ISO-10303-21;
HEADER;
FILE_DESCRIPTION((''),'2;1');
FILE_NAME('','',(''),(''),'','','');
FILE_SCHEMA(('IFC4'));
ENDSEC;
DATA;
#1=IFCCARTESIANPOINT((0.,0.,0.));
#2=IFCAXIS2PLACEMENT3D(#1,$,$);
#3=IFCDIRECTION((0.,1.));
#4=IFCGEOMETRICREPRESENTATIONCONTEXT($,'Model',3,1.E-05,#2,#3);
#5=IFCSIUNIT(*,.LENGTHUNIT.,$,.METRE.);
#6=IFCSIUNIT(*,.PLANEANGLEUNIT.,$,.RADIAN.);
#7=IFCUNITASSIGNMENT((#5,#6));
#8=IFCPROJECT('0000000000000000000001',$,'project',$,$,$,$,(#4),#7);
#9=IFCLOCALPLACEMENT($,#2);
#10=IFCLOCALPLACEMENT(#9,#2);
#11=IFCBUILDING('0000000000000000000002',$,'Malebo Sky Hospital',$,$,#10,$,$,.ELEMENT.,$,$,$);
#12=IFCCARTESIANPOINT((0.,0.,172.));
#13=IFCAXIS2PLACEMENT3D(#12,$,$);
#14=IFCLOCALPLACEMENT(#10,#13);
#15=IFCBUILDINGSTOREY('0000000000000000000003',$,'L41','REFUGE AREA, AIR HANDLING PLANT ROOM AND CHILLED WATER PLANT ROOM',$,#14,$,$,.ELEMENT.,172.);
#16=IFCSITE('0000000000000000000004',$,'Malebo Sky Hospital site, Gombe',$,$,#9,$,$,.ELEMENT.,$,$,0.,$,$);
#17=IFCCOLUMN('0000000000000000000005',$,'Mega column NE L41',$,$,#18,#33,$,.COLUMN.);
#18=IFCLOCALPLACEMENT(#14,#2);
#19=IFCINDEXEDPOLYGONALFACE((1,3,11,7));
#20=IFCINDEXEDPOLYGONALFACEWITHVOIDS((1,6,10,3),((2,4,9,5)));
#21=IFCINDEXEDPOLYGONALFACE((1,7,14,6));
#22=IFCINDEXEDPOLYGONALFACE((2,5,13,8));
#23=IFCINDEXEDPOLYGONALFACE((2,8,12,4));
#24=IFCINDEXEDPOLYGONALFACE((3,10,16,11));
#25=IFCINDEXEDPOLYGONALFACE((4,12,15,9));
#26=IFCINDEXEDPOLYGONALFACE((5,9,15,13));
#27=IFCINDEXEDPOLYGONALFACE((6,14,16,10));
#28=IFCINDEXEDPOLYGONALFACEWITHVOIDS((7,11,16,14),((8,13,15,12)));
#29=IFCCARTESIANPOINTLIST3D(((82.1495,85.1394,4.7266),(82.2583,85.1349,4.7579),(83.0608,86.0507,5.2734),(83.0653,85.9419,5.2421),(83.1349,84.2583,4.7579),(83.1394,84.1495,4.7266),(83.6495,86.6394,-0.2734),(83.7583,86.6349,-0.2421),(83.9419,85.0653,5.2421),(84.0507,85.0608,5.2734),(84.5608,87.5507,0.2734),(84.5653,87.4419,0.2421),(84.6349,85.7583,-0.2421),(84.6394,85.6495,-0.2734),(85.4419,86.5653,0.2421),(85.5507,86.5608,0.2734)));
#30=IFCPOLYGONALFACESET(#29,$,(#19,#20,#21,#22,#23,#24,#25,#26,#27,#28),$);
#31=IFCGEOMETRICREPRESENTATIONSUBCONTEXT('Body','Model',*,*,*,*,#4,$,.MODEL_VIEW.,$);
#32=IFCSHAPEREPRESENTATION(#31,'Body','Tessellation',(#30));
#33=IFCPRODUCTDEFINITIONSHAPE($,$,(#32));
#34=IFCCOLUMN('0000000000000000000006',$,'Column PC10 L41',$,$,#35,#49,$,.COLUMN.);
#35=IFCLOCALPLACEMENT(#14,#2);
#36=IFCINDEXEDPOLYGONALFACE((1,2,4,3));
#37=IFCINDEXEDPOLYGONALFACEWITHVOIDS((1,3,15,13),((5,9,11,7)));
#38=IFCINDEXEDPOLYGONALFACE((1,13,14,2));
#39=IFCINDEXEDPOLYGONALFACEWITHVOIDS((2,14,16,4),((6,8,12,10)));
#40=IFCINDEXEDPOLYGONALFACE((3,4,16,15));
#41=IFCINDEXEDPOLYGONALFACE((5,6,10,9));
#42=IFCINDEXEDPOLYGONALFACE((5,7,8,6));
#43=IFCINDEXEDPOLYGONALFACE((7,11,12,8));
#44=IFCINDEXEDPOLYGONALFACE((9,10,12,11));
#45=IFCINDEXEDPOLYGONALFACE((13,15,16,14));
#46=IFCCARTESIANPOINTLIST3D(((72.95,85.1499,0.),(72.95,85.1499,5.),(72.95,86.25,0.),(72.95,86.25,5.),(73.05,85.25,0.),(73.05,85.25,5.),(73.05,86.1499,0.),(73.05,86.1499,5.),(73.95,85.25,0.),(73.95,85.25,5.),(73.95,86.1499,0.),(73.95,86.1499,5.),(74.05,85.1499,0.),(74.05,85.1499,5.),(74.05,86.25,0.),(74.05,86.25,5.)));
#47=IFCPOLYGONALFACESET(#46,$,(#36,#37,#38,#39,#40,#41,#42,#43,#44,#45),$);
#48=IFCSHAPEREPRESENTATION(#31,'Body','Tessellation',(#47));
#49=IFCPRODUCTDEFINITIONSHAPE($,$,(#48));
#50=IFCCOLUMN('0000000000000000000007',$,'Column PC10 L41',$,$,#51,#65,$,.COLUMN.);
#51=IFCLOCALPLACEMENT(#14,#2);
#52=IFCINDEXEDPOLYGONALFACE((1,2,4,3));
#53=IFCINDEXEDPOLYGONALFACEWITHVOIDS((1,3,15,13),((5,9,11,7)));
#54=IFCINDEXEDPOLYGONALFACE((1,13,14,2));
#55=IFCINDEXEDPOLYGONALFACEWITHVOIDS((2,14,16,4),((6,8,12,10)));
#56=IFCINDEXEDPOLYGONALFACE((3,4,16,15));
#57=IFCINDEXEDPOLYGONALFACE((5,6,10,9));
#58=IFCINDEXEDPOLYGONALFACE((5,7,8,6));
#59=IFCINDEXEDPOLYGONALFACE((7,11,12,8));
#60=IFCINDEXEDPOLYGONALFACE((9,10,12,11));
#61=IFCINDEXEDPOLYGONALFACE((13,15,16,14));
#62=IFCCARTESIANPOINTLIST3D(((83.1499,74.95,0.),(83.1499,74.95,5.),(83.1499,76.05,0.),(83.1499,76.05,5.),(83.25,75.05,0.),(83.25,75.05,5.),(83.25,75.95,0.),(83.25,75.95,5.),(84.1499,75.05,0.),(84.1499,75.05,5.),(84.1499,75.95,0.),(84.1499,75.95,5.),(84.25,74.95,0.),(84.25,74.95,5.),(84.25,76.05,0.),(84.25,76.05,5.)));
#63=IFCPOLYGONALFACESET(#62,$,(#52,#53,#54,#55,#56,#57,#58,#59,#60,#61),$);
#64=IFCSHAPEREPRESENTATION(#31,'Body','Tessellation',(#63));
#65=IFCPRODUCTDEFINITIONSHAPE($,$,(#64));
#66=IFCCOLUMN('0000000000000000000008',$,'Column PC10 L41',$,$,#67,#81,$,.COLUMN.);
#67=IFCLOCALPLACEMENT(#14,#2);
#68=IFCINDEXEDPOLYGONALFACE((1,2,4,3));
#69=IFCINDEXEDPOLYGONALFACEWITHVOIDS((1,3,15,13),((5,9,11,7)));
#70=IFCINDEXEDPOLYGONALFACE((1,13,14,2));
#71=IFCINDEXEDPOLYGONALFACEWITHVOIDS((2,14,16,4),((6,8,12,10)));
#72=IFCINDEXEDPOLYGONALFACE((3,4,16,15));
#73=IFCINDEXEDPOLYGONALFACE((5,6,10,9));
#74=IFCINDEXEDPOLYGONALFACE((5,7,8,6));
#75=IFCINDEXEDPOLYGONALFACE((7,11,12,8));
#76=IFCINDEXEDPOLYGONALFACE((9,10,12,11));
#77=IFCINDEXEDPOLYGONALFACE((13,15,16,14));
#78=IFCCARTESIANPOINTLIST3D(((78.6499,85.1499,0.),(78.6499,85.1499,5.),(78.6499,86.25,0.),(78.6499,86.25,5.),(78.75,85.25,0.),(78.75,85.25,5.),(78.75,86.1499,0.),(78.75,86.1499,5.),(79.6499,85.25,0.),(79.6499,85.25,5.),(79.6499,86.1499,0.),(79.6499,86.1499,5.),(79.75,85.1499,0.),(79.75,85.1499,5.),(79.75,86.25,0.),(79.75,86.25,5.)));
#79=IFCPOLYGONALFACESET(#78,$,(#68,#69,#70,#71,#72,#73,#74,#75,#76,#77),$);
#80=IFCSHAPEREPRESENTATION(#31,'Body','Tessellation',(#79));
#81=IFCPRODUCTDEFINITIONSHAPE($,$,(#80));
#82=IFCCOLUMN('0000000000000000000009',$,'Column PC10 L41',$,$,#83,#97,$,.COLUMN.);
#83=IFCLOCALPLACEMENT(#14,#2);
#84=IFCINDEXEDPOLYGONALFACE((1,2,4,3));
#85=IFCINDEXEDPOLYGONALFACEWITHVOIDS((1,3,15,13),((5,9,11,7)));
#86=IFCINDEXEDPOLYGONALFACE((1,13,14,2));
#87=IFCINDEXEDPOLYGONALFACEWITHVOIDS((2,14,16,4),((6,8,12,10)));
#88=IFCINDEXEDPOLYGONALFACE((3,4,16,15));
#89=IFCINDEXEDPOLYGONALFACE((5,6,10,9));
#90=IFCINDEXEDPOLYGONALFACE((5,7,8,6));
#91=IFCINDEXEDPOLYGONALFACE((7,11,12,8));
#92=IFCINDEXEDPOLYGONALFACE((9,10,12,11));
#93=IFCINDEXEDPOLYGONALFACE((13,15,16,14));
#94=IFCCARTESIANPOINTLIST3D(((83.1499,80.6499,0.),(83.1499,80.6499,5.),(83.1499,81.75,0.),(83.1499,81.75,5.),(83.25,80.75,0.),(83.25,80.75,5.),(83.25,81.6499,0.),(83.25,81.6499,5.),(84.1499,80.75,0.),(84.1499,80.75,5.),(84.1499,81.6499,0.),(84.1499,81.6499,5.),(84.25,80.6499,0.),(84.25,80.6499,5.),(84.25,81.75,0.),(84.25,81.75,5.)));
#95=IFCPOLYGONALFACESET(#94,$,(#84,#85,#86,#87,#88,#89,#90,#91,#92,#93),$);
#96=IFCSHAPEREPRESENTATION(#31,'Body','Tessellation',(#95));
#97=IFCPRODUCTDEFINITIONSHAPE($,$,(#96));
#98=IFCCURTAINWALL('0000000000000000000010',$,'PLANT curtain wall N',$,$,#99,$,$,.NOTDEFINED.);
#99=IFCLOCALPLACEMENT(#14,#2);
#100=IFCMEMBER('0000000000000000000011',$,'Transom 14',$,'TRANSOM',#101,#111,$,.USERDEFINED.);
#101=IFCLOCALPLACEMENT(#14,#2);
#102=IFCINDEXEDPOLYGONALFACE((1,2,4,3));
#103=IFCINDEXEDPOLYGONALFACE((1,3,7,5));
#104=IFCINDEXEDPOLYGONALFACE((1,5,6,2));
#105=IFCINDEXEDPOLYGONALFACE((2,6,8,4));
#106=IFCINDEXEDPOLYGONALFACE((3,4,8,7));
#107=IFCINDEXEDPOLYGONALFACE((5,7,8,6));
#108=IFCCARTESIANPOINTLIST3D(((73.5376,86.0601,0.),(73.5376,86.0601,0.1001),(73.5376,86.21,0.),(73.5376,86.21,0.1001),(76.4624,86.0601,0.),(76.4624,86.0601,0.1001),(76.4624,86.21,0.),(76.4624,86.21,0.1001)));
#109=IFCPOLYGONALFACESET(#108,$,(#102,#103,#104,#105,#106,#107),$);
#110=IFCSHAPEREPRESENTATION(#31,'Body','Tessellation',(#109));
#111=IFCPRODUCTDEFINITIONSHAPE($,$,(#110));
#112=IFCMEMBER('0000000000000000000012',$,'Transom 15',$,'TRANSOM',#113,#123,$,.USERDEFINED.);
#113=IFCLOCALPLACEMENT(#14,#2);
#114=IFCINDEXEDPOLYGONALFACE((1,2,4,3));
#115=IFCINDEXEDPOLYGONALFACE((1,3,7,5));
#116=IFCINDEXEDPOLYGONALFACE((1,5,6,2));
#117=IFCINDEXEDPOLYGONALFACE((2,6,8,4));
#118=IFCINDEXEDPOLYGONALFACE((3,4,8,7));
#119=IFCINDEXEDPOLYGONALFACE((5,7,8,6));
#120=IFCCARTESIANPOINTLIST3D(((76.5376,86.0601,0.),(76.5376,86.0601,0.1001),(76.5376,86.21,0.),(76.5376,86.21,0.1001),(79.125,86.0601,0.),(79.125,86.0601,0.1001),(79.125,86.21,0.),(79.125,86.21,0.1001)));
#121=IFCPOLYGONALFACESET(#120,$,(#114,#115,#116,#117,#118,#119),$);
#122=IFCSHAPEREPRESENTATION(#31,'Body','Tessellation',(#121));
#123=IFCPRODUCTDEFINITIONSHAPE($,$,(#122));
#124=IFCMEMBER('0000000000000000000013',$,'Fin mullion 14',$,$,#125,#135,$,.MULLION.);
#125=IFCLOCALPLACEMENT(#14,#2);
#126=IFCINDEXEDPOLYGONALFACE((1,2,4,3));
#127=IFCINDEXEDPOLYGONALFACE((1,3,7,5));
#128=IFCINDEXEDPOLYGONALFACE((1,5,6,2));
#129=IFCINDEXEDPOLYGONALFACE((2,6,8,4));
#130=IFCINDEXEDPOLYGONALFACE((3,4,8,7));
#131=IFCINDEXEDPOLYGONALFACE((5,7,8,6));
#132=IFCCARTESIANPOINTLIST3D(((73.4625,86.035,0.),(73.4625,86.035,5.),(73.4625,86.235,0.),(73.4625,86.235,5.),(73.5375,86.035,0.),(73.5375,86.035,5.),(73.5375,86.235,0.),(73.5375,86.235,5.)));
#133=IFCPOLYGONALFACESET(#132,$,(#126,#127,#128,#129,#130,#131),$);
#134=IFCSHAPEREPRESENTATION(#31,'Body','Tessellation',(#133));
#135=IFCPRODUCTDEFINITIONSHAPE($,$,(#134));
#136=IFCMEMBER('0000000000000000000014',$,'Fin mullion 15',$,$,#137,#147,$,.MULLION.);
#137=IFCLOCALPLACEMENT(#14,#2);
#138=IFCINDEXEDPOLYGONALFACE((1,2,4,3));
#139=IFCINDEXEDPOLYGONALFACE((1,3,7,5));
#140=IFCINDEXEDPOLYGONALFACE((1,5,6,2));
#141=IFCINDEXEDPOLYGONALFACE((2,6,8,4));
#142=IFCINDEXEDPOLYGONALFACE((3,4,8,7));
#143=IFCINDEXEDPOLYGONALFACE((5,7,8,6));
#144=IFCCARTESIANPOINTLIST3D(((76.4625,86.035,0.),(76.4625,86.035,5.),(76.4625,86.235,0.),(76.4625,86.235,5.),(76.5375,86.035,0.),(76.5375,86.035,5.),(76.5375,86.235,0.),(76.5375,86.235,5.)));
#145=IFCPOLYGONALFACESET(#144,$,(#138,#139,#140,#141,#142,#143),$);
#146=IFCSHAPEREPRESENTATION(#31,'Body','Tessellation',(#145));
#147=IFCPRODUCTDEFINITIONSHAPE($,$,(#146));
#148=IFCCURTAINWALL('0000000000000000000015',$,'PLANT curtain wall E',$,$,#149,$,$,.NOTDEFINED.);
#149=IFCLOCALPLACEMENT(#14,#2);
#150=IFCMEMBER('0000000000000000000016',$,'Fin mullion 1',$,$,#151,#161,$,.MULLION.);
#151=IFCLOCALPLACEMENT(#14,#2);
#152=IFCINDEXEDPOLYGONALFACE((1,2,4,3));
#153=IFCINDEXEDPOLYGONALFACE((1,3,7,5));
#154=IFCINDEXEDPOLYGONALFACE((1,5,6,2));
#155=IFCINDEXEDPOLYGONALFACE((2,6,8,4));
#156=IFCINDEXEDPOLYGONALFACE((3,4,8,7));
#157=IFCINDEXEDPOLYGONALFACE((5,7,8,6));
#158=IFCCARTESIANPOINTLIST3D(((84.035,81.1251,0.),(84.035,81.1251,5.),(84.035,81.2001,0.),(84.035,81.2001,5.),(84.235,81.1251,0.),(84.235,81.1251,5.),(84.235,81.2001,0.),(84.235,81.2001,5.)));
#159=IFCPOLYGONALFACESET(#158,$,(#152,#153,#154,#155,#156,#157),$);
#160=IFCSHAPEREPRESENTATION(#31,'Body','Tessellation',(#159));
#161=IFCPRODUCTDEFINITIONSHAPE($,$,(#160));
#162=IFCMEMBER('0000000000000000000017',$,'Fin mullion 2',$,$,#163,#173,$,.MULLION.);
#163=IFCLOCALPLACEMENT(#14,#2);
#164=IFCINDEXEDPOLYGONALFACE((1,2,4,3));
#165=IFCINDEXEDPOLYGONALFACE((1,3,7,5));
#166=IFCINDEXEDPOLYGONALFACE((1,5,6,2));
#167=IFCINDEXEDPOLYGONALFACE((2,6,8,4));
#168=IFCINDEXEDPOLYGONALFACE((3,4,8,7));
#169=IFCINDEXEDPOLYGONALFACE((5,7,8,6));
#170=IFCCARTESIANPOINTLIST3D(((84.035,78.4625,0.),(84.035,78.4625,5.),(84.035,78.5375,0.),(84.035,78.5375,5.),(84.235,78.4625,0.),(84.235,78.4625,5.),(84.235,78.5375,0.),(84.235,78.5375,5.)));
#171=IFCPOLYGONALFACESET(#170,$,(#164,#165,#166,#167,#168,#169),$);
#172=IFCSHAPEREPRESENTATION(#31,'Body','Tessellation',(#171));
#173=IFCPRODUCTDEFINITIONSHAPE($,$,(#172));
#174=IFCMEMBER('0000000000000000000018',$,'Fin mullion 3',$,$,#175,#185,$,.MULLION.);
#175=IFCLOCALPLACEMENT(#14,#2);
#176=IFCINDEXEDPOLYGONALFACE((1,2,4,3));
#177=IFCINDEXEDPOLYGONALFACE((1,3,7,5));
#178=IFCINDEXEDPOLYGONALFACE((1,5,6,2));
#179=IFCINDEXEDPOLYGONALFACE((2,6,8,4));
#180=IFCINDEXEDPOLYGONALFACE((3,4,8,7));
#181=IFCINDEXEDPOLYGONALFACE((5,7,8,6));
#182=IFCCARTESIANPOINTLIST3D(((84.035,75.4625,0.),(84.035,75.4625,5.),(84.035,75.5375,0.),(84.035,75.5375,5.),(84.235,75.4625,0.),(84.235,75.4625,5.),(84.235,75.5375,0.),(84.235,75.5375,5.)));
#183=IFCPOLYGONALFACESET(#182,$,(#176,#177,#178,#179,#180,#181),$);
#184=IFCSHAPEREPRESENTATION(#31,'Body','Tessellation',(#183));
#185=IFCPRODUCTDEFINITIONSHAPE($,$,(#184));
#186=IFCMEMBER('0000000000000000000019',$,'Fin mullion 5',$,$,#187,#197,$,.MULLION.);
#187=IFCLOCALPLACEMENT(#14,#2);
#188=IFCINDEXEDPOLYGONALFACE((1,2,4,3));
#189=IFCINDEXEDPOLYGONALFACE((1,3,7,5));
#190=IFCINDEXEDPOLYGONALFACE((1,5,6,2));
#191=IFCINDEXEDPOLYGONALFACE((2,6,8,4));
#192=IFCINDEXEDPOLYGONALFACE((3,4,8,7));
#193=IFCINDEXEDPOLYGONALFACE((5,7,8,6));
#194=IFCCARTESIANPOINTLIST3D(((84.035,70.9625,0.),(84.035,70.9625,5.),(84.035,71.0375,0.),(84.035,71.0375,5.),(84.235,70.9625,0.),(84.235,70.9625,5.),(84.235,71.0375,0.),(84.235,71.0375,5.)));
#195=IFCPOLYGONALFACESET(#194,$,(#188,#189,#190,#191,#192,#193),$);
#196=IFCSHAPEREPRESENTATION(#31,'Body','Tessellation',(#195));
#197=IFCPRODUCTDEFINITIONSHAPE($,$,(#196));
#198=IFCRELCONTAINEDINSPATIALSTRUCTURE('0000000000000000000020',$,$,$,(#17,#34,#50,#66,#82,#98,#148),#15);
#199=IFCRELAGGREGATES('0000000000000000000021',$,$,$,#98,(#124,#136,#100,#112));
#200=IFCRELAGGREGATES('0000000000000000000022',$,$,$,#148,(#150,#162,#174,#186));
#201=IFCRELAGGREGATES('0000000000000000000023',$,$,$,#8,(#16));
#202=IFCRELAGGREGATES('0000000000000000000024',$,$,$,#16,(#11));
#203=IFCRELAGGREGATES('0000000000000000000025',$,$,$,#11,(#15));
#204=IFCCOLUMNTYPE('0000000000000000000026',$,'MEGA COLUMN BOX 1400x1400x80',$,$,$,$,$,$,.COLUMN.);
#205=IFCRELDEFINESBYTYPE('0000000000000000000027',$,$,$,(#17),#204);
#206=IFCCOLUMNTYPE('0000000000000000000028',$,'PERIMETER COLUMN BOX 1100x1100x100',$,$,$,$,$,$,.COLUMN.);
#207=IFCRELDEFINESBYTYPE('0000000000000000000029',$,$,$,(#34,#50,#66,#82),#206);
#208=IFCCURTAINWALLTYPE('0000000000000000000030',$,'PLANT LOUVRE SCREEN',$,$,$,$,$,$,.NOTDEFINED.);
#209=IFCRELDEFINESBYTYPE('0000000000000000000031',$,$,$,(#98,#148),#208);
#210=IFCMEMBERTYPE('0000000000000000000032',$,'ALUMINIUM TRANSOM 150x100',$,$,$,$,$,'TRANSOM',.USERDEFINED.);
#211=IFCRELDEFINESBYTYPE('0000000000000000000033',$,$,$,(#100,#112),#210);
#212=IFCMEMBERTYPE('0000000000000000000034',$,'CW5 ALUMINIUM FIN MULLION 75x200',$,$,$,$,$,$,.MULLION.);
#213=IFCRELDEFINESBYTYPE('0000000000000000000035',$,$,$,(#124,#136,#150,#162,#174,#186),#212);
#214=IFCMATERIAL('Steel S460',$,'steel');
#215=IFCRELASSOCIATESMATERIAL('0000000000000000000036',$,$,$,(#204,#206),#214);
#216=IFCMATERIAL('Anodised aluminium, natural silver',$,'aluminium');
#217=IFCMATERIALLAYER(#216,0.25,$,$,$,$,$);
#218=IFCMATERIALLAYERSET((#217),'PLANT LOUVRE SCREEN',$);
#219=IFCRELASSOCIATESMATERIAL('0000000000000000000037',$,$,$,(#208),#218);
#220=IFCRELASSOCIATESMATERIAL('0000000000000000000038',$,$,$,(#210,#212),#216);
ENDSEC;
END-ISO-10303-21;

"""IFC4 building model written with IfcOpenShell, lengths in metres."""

from ifc_helpers import new_model, si_unit, direction, frame, origin, origin_2d, place, context, subcontext, project, spatial, rectangle, hollow_rectangle, extrude, material, layer, layer_set, material_profile, profile_set, type_object, element, aggregate, save


model = new_model("IFC4")

# Units and contexts
model_context = context("Model", 3, precision=1e-05, world=origin(), true_north=direction((0.0, 1.0)))
body_context = subcontext(model_context, "Body", "Model", "MODEL_VIEW")
ifc_project = project(units=[si_unit("LENGTHUNIT", "METRE"), si_unit("PLANEANGLEUNIT", "RADIAN")], contexts=[model_context])

# Site, building, storey
site_placement = place(None, origin())
site = spatial("IfcSite", under=ifc_project, at=site_placement, Name="Malebo Sky Hospital site, Gombe", CompositionType="ELEMENT", RefElevation=0.0)
building_placement = place(site_placement, origin())
building = spatial("IfcBuilding", under=site, at=building_placement, Name="Malebo Sky Hospital", CompositionType="ELEMENT")
storey_placement = place(building_placement, frame((0.0, 0.0, 172.0)))
storey = spatial("IfcBuildingStorey", under=building, at=storey_placement, Name="L41", Description="REFUGE AREA, AIR HANDLING PLANT ROOM AND CHILLED WATER PLANT ROOM", CompositionType="ELEMENT", Elevation=172.0)

# Columns
ifc_material_1 = material(Name="Steel S460", Category="steel")
ifc_material_profile_1 = material_profile(ifc_material_1, hollow_rectangle(XDim=1.3999, YDim=1.3999, WallThickness=0.0801, at=origin_2d()), Name="BOX 1400x1400x80")
ifc_profile_set_1 = profile_set([ifc_material_profile_1], Name="Steel S460")
column_type_1 = type_object("IfcColumnType", Name="MEGA COLUMN BOX 1400x1400x80", PredefinedType="COLUMN", material=ifc_profile_set_1)
column_placement = place(storey_placement, frame((84.6001, 86.6001, 0.0), z_axis=(-0.276172, -0.276172, 0.920575), x_axis=(0.707107, -0.707107, 0.0)))
element("IfcColumn", 1, at=column_placement, inside=storey, type_object=column_type_1, Name="Mega column NE L41", PredefinedType="COLUMN", context=body_context, shape_type="SweptSolid", body=[
    extrude(hollow_rectangle(XDim=1.3999, YDim=1.3999, WallThickness=0.0801, at=origin_2d()), origin(), (0.0, 0.0, 1.0), 5.4314),
])
ifc_material_profile_2 = material_profile(ifc_material_1, hollow_rectangle(XDim=1.1001, YDim=1.1001, WallThickness=0.1001, at=origin_2d()), Name="BOX 1100x1100x100")
ifc_profile_set_2 = profile_set([ifc_material_profile_2], Name="Steel S460")
column_type_2 = type_object("IfcColumnType", Name="PERIMETER COLUMN BOX 1100x1100x100", PredefinedType="COLUMN", material=ifc_profile_set_2)
for number, where, z_axis, x_axis, name in (
    (2, (73.5, 85.7, 0.0), (0.0, 0.0, 1.0), (1.0, 0.0, 0.0), "Column PC10 L41"),
    (3, (83.7, 75.5, 0.0), (0.0, 0.0, 1.0), (1.0, 0.0, 0.0), "Column PC10 L41"),
    (4, (79.2, 85.7, 0.0), (0.0, 0.0, 1.0), (1.0, 0.0, 0.0), "Column PC10 L41"),
    (5, (83.7, 81.2, 0.0), (0.0, 0.0, 1.0), (1.0, 0.0, 0.0), "Column PC10 L41"),
):
    element("IfcColumn", number, at=place(storey_placement, frame(where, z_axis=z_axis, x_axis=x_axis)), inside=storey, type_object=column_type_2, Name=name, PredefinedType="COLUMN", context=body_context, shape_type="SweptSolid", body=[
        extrude(hollow_rectangle(XDim=1.1001, YDim=1.1001, WallThickness=0.1001, at=origin_2d()), origin(), (0.0, 0.0, 1.0), 5.0),
    ])

# Curtain walls, members
ifc_material_2 = material(Name="Anodised aluminium, natural silver", Category="aluminium")
ifc_layer_1 = layer(ifc_material_2, 0.25)
ifc_layer_set_1 = layer_set([ifc_layer_1], Name="PLANT LOUVRE SCREEN")
curtain_wall_type = type_object("IfcCurtainWallType", Name="PLANT LOUVRE SCREEN", PredefinedType="NOTDEFINED", material=ifc_layer_set_1)
curtain_wall_1_placement = place(storey_placement, origin())
curtain_wall_1 = element("IfcCurtainWall", 6, at=curtain_wall_1_placement, inside=storey, type_object=curtain_wall_type, Name="PLANT curtain wall N", PredefinedType="NOTDEFINED")
ifc_material_profile_3 = material_profile(ifc_material_2, rectangle(XDim=0.1499, YDim=0.1001, at=origin_2d()), Name="ALUMINIUM TRANSOM 150x100")
ifc_profile_set_3 = profile_set([ifc_material_profile_3], Name="Anodised aluminium, natural silver")
member_type_1 = type_object("IfcMemberType", Name="ALUMINIUM TRANSOM 150x100", ElementType="TRANSOM", PredefinedType="USERDEFINED", material=ifc_profile_set_3)
member_1_placement = place(storey_placement, frame((73.5376, 86.135, 0.05), z_axis=(1.0, 0.0, 0.0), x_axis=(0.0, 1.0, 0.0)))
member_1 = element("IfcMember", 7, at=member_1_placement, type_object=member_type_1, Name="Transom 14", ObjectType="TRANSOM", PredefinedType="USERDEFINED", context=body_context, shape_type="SweptSolid", body=[
    extrude(rectangle(XDim=0.1499, YDim=0.1001, at=origin_2d()), origin(), (0.0, 0.0, 1.0), 2.9248),
])
member_2_placement = place(storey_placement, frame((76.5376, 86.135, 0.05), z_axis=(1.0, 0.0, 0.0), x_axis=(0.0, 1.0, 0.0)))
member_2 = element("IfcMember", 8, at=member_2_placement, type_object=member_type_1, Name="Transom 15", ObjectType="TRANSOM", PredefinedType="USERDEFINED", context=body_context, shape_type="SweptSolid", body=[
    extrude(rectangle(XDim=0.1499, YDim=0.1001, at=origin_2d()), origin(), (0.0, 0.0, 1.0), 2.5874),
])
ifc_material_profile_4 = material_profile(ifc_material_2, rectangle(XDim=0.075, YDim=0.2, at=origin_2d()), Name="CW5 ALUMINIUM FIN MULLION 75x200")
ifc_profile_set_4 = profile_set([ifc_material_profile_4], Name="Anodised aluminium, natural silver")
member_type_2 = type_object("IfcMemberType", Name="CW5 ALUMINIUM FIN MULLION 75x200", PredefinedType="MULLION", material=ifc_profile_set_4)
member_3_placement = place(storey_placement, frame((73.5, 86.135, 0.0), z_axis=(0.0, 0.0, 1.0), x_axis=(1.0, 0.0, 0.0)))
member_3 = element("IfcMember", 9, at=member_3_placement, type_object=member_type_2, Name="Fin mullion 14", PredefinedType="MULLION", context=body_context, shape_type="SweptSolid", body=[
    extrude(rectangle(XDim=0.075, YDim=0.2, at=origin_2d()), origin(), (0.0, 0.0, 1.0), 5.0),
])
member_4_placement = place(storey_placement, frame((76.5, 86.135, 0.0), z_axis=(0.0, 0.0, 1.0), x_axis=(1.0, 0.0, 0.0)))
member_4 = element("IfcMember", 10, at=member_4_placement, type_object=member_type_2, Name="Fin mullion 15", PredefinedType="MULLION", context=body_context, shape_type="SweptSolid", body=[
    extrude(rectangle(XDim=0.075, YDim=0.2, at=origin_2d()), origin(), (0.0, 0.0, 1.0), 5.0),
])
curtain_wall_2_placement = place(storey_placement, origin())
curtain_wall_2 = element("IfcCurtainWall", 11, at=curtain_wall_2_placement, inside=storey, type_object=curtain_wall_type, Name="PLANT curtain wall E", PredefinedType="NOTDEFINED")
member_5_placement = place(storey_placement, frame((84.135, 81.1626, 0.0), z_axis=(0.0, 0.0, 1.0), x_axis=(0.0, -1.0, 0.0)))
member_5 = element("IfcMember", 12, at=member_5_placement, type_object=member_type_2, Name="Fin mullion 1", PredefinedType="MULLION", context=body_context, shape_type="SweptSolid", body=[
    extrude(rectangle(XDim=0.075, YDim=0.2, at=origin_2d()), origin(), (0.0, 0.0, 1.0), 5.0),
])
member_6_placement = place(storey_placement, frame((84.135, 78.5, 0.0), z_axis=(0.0, 0.0, 1.0), x_axis=(0.0, -1.0, 0.0)))
member_6 = element("IfcMember", 13, at=member_6_placement, type_object=member_type_2, Name="Fin mullion 2", PredefinedType="MULLION", context=body_context, shape_type="SweptSolid", body=[
    extrude(rectangle(XDim=0.075, YDim=0.2, at=origin_2d()), origin(), (0.0, 0.0, 1.0), 5.0),
])
member_7_placement = place(storey_placement, frame((84.135, 75.5, 0.0), z_axis=(0.0, 0.0, 1.0), x_axis=(0.0, -1.0, 0.0)))
member_7 = element("IfcMember", 14, at=member_7_placement, type_object=member_type_2, Name="Fin mullion 3", PredefinedType="MULLION", context=body_context, shape_type="SweptSolid", body=[
    extrude(rectangle(XDim=0.075, YDim=0.2, at=origin_2d()), origin(), (0.0, 0.0, 1.0), 5.0),
])
member_8_placement = place(storey_placement, frame((84.135, 71.0, 0.0), z_axis=(0.0, 0.0, 1.0), x_axis=(0.0, -1.0, 0.0)))
member_8 = element("IfcMember", 15, at=member_8_placement, type_object=member_type_2, Name="Fin mullion 5", PredefinedType="MULLION", context=body_context, shape_type="SweptSolid", body=[
    extrude(rectangle(XDim=0.075, YDim=0.2, at=origin_2d()), origin(), (0.0, 0.0, 1.0), 5.0),
])

aggregate(curtain_wall_1, [member_3, member_4, member_1, member_2])
aggregate(curtain_wall_2, [member_5, member_6, member_7, member_8])

save(model, "model.ifc")
